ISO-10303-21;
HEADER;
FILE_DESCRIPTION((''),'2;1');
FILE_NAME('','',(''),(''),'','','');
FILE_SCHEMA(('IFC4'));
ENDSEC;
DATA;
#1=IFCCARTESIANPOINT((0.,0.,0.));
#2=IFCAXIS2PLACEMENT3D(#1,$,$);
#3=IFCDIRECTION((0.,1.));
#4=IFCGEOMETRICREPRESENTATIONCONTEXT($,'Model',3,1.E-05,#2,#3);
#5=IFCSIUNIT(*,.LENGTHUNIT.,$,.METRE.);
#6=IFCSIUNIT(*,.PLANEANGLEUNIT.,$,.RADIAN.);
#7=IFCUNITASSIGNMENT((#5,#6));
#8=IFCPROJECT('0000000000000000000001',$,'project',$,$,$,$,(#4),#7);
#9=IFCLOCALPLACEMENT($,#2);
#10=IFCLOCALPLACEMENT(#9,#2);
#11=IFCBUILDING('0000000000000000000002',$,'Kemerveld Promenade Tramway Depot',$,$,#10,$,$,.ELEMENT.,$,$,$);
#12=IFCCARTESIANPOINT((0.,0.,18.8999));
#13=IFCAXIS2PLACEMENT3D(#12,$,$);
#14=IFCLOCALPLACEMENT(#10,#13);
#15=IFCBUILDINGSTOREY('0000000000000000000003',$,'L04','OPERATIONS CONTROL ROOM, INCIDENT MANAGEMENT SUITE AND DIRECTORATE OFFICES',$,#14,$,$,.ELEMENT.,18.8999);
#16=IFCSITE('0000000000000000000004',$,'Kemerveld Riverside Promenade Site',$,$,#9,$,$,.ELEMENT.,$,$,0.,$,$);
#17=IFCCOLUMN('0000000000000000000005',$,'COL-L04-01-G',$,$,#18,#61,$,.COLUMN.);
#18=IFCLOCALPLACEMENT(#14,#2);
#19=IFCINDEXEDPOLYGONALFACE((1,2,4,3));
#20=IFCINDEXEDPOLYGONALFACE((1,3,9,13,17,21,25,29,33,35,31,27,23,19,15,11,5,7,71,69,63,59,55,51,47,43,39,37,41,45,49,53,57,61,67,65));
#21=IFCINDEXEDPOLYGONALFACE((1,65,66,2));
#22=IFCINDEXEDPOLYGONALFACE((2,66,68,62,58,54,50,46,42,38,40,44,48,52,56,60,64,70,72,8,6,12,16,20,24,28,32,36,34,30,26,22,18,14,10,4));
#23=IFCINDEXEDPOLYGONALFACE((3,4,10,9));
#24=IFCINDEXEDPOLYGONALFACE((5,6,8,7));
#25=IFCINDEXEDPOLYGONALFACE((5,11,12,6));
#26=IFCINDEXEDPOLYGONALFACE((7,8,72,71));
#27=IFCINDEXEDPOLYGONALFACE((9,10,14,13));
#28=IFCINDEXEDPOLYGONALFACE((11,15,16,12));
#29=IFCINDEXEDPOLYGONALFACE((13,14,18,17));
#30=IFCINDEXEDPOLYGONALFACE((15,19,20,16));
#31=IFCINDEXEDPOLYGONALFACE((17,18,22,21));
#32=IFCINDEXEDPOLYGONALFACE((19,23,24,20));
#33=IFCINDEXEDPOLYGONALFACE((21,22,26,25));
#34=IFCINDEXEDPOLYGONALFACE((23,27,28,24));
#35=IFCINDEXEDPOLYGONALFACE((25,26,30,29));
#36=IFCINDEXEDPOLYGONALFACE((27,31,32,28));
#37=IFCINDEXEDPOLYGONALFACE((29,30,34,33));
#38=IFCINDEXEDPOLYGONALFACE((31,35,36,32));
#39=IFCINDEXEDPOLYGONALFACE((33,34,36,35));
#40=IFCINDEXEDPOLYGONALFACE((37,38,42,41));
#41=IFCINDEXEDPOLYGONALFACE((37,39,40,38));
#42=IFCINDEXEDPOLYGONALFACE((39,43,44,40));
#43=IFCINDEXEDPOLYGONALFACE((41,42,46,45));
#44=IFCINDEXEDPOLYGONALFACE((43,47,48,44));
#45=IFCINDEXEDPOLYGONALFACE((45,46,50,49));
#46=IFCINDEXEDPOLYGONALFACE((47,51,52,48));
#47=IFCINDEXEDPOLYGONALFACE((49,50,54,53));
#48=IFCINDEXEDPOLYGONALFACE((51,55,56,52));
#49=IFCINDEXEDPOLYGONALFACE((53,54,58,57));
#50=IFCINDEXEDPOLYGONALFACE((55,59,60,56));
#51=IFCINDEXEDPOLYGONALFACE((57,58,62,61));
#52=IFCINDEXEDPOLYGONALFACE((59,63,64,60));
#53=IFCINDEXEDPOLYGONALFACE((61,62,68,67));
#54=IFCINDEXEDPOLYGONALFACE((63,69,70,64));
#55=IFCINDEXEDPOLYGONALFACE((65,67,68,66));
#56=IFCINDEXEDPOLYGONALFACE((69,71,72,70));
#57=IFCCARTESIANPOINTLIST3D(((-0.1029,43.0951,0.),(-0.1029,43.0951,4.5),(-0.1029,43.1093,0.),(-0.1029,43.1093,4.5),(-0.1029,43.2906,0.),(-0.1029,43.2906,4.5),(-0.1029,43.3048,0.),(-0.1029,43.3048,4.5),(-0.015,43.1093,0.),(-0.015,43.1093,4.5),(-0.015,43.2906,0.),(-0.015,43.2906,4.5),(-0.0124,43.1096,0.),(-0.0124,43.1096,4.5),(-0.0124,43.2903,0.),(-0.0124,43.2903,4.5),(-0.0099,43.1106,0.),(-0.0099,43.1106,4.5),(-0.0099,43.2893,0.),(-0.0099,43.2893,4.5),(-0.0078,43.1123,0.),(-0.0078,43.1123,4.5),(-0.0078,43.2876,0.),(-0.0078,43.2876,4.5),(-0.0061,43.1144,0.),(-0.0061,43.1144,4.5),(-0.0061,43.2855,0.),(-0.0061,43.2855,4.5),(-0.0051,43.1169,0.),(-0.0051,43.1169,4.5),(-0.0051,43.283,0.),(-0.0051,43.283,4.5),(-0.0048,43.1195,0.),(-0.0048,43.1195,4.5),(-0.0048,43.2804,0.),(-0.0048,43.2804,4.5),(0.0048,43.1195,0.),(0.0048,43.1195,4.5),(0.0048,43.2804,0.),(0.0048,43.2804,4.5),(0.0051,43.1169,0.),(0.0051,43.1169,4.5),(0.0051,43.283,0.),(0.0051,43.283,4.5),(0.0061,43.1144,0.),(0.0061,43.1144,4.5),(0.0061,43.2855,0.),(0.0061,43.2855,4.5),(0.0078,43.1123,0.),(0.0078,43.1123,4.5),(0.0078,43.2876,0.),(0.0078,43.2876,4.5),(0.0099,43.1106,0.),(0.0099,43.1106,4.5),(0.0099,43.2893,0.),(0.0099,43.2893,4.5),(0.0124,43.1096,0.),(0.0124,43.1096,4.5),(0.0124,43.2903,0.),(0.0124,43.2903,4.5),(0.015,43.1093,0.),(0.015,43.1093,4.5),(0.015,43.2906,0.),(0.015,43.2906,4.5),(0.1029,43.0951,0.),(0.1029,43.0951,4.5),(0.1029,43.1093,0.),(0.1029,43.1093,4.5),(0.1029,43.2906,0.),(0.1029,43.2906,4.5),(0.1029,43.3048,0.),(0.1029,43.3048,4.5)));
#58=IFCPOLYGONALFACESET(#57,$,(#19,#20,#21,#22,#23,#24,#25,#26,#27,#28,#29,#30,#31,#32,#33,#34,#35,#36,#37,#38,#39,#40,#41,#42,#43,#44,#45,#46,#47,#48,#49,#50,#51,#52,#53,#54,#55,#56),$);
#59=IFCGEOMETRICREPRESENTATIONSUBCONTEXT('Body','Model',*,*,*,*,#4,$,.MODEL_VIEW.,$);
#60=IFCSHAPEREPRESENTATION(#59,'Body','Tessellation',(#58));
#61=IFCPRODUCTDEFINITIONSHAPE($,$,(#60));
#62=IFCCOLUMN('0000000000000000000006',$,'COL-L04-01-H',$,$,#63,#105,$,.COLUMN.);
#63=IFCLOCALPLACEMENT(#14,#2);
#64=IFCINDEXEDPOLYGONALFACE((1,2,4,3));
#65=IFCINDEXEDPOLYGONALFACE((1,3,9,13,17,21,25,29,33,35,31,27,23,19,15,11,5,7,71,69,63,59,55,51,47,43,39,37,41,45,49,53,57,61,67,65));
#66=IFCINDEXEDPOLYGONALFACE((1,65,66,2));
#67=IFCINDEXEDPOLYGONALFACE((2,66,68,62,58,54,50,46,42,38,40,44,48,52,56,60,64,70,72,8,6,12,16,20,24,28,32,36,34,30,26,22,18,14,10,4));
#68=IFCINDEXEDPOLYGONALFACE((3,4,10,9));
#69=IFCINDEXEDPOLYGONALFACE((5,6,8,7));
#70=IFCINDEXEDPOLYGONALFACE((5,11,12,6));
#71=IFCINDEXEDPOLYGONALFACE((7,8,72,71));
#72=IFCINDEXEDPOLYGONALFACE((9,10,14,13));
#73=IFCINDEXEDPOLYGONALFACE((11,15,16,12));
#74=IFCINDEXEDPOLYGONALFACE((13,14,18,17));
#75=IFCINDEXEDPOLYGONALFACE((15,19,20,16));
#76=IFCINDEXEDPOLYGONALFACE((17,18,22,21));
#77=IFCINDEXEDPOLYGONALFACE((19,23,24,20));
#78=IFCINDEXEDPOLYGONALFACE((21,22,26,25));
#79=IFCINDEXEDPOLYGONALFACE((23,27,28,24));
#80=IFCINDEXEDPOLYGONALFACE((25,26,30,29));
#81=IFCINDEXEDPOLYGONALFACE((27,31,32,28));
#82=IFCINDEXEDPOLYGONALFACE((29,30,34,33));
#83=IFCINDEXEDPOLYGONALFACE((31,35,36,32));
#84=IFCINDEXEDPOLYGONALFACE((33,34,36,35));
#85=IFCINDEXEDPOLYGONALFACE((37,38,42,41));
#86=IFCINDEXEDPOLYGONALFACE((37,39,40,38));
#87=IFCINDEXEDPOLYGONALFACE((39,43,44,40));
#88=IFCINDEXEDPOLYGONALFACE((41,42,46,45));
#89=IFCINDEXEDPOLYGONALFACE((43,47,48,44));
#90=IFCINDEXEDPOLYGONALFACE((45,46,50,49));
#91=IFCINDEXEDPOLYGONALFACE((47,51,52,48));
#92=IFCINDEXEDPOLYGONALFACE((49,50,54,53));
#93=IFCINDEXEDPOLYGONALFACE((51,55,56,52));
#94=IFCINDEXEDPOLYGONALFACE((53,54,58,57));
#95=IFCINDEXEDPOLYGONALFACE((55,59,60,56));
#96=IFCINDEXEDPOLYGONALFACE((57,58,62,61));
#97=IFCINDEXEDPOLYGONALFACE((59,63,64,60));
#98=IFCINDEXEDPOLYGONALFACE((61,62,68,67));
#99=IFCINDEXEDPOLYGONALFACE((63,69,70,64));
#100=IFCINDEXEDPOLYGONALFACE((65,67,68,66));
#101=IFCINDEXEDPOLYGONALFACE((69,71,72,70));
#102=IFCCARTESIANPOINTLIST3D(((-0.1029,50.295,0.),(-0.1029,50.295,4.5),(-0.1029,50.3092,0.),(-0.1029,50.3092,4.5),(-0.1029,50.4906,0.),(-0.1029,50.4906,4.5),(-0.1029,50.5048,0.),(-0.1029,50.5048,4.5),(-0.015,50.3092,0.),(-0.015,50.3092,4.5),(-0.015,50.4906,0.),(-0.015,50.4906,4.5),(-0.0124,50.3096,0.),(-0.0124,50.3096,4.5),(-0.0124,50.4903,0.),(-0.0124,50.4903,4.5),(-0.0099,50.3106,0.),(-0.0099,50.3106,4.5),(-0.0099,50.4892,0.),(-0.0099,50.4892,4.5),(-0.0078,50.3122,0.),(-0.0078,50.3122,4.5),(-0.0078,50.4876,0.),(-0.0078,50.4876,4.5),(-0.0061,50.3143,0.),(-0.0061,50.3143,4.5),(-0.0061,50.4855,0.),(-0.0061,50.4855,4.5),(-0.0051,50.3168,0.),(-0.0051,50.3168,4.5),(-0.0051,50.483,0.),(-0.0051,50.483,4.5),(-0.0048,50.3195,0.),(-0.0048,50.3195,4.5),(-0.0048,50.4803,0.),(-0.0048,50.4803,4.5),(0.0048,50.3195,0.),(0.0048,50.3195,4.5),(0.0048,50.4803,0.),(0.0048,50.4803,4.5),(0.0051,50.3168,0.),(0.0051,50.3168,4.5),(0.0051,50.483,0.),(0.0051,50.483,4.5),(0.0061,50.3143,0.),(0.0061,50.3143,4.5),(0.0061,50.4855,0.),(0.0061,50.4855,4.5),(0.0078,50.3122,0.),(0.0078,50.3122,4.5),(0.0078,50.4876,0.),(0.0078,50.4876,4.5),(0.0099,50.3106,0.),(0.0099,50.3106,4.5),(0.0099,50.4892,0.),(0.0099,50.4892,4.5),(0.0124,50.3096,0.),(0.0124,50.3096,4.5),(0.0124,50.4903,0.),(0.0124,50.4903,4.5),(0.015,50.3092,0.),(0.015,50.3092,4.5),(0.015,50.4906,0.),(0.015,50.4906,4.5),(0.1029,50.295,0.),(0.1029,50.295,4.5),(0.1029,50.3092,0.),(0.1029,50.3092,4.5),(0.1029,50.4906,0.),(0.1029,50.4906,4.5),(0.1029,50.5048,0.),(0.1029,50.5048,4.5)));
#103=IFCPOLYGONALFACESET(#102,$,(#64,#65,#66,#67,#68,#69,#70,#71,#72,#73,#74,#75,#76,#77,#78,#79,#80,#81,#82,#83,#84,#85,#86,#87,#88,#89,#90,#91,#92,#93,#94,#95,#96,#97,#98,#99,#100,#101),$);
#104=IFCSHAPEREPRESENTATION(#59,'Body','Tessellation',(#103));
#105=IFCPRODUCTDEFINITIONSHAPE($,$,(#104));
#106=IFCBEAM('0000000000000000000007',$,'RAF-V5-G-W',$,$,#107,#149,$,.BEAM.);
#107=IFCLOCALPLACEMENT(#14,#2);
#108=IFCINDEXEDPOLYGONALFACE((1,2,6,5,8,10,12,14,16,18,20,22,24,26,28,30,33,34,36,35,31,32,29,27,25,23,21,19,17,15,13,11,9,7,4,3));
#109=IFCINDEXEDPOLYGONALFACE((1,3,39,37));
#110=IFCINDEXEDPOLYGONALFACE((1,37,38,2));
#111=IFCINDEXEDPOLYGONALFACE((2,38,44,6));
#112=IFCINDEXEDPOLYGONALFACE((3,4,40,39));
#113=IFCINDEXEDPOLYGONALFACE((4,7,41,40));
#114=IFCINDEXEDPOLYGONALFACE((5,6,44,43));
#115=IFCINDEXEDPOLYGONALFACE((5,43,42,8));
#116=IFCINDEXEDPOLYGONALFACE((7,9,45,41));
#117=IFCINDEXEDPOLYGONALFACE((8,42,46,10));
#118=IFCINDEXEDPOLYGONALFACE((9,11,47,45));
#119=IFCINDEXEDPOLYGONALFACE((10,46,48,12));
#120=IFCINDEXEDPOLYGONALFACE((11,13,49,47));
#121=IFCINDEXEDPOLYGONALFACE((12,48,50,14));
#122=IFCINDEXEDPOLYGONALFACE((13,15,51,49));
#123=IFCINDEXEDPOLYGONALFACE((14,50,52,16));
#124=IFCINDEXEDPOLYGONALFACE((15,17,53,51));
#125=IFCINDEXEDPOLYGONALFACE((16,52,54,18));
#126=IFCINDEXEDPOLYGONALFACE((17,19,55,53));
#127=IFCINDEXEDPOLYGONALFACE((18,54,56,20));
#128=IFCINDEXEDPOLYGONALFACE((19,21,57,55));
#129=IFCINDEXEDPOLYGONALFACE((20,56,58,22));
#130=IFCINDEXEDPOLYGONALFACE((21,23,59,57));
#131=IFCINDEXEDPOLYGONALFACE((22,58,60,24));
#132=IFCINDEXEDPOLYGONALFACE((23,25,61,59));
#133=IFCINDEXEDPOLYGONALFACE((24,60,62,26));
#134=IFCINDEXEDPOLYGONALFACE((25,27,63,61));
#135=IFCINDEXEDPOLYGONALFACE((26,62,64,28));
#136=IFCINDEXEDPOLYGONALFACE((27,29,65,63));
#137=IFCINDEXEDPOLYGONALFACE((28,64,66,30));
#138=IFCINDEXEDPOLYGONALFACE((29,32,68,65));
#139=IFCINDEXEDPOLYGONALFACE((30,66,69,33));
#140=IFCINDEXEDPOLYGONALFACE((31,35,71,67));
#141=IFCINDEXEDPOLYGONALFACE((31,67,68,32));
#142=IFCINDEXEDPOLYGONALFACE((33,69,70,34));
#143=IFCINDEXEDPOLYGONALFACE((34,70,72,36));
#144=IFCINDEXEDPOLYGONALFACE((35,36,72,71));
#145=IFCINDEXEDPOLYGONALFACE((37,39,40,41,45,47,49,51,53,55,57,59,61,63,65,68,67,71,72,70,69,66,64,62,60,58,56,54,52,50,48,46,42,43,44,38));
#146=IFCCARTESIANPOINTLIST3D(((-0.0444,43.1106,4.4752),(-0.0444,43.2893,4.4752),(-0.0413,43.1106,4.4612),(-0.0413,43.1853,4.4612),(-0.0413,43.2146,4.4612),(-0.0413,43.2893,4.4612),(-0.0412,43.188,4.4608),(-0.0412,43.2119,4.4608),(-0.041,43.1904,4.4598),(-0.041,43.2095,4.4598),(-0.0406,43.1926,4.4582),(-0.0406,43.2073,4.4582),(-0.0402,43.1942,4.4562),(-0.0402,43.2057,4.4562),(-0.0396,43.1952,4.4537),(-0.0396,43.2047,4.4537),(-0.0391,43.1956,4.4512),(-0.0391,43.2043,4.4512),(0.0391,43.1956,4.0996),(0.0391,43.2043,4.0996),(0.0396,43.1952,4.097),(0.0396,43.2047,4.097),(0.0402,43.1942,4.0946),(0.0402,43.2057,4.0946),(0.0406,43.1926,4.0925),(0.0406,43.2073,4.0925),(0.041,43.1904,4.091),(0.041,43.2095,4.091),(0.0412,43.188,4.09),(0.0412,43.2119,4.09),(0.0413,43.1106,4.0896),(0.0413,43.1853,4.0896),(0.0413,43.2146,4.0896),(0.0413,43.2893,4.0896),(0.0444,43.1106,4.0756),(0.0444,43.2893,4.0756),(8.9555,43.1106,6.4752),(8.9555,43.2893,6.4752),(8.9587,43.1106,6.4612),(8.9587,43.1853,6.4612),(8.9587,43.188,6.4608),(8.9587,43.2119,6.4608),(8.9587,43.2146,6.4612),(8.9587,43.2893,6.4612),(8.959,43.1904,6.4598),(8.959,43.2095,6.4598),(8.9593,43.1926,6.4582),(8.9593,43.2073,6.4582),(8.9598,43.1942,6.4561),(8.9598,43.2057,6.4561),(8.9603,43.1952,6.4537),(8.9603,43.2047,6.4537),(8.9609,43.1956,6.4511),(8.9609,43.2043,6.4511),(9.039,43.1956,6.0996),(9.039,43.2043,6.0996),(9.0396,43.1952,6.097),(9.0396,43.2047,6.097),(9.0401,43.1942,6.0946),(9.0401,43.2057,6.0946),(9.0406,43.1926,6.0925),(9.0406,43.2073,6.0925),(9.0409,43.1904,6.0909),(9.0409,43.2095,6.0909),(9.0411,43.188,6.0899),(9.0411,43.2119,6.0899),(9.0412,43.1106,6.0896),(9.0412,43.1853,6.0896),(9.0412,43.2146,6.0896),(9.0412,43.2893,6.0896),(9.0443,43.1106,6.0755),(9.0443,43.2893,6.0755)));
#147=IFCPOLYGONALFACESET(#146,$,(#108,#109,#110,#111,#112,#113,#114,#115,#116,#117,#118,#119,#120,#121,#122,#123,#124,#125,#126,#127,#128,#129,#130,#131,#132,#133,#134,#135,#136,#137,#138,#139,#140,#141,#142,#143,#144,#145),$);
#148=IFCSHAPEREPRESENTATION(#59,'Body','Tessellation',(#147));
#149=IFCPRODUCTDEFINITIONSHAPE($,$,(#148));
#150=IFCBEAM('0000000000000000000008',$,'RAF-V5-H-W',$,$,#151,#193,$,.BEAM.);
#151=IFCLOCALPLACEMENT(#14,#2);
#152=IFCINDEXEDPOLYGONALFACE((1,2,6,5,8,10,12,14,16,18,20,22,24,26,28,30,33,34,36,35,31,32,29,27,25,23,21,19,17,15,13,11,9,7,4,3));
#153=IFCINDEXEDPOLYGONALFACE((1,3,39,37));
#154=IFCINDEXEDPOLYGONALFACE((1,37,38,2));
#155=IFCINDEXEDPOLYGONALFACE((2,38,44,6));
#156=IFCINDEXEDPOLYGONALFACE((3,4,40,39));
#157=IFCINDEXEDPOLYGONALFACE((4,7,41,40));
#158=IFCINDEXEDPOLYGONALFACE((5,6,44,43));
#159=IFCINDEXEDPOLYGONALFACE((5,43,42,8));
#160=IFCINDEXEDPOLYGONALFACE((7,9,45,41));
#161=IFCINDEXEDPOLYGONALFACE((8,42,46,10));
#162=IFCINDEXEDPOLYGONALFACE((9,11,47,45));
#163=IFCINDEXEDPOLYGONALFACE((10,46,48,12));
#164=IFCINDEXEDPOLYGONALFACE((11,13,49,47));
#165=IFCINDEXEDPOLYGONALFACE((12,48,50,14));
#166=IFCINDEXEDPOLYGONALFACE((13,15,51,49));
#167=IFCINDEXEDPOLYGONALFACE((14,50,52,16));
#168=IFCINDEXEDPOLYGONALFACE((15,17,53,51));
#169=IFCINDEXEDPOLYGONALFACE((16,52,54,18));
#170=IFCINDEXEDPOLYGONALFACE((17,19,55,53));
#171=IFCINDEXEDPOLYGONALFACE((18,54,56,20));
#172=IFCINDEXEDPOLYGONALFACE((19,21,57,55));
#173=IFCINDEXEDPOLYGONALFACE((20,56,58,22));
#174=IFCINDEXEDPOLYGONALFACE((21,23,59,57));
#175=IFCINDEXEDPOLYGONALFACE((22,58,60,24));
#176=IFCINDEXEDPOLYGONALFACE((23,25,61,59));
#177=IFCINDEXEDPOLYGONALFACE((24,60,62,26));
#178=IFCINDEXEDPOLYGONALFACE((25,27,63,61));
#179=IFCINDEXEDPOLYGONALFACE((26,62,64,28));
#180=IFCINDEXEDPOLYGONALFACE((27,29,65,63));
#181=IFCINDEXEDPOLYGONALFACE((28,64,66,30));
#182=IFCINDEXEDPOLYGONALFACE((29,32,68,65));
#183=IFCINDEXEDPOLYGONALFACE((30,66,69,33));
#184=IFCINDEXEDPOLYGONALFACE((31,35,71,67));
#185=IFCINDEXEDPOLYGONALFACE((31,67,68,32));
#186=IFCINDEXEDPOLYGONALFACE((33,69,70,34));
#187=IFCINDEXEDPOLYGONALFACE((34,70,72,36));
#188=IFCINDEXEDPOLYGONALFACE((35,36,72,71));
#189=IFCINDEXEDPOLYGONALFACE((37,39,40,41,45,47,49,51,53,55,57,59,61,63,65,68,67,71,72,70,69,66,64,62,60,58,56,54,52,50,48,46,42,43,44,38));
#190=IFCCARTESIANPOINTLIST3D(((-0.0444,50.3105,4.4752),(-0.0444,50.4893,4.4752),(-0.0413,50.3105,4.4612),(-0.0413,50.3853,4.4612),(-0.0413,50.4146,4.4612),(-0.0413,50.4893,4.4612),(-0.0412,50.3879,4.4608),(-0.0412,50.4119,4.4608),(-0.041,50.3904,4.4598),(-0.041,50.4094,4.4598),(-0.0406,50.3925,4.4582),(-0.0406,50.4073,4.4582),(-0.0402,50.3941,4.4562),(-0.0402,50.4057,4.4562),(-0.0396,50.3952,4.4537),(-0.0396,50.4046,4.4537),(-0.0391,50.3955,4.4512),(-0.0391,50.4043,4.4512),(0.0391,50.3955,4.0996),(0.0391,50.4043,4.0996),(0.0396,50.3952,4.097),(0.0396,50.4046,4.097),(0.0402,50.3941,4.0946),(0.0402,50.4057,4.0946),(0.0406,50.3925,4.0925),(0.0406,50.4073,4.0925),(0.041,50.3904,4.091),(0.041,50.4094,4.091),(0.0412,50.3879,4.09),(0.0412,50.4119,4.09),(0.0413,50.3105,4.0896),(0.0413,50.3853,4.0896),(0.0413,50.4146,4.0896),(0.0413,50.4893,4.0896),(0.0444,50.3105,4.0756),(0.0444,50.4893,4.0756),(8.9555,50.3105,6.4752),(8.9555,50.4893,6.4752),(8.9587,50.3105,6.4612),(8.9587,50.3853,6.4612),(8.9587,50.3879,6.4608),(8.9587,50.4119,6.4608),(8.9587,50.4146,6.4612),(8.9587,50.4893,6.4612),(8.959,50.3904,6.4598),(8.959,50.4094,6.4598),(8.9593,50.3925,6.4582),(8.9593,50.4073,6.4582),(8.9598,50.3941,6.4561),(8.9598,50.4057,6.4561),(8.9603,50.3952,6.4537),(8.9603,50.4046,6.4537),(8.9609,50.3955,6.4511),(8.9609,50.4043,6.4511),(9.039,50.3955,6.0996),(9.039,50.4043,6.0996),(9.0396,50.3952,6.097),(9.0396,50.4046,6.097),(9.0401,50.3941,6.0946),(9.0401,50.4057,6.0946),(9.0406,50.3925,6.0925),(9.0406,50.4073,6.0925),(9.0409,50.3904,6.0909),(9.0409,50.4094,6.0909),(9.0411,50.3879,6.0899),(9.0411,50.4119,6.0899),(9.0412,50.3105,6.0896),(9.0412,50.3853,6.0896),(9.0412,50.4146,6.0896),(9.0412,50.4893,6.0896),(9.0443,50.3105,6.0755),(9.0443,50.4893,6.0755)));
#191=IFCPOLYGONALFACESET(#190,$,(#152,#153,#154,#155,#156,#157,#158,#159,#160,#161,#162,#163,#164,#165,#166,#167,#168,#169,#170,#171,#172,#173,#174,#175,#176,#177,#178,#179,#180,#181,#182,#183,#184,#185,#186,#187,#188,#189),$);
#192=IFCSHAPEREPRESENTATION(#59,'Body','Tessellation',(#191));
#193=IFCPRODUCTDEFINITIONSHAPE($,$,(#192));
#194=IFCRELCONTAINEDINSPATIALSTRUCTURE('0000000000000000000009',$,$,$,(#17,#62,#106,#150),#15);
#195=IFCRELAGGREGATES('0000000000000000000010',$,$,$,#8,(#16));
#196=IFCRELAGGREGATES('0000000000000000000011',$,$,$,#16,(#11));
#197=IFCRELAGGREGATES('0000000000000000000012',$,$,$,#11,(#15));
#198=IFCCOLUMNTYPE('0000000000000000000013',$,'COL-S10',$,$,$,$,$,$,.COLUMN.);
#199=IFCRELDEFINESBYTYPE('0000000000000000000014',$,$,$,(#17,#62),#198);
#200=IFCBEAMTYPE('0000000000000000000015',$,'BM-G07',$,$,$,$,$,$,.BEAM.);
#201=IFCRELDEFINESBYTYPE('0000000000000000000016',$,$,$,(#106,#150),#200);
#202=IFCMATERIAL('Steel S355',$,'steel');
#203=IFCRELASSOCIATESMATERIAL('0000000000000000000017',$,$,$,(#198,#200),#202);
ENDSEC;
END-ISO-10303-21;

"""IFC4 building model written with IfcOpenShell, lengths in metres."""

from ifc_helpers import new_model, si_unit, direction, frame, origin, origin_2d, place, context, subcontext, project, spatial, i_section, extrude, material, material_profile, profile_set, type_object, element, save


model = new_model("IFC4")

# Units and contexts
model_context = context("Model", 3, precision=1e-05, world=origin(), true_north=direction((0.0, 1.0)))
body_context = subcontext(model_context, "Body", "Model", "MODEL_VIEW")
ifc_project = project(units=[si_unit("LENGTHUNIT", "METRE"), si_unit("PLANEANGLEUNIT", "RADIAN")], contexts=[model_context])

# Site, building, storey
site_placement = place(None, origin())
site = spatial("IfcSite", under=ifc_project, at=site_placement, Name="Kemerveld Riverside Promenade Site", CompositionType="ELEMENT", RefElevation=0.0)
building_placement = place(site_placement, origin())
building = spatial("IfcBuilding", under=site, at=building_placement, Name="Kemerveld Promenade Tramway Depot", CompositionType="ELEMENT")
storey_placement = place(building_placement, frame((0.0, 0.0, 18.8999)))
storey = spatial("IfcBuildingStorey", under=building, at=storey_placement, Name="L04", Description="OPERATIONS CONTROL ROOM, INCIDENT MANAGEMENT SUITE AND DIRECTORATE OFFICES", CompositionType="ELEMENT", Elevation=18.8999)

# Columns
ifc_material_1 = material(Name="Steel S355", Category="steel")
ifc_material_profile_1 = material_profile(ifc_material_1, i_section(OverallWidth=0.2058, OverallDepth=0.2097, WebThickness=0.0095, FlangeThickness=0.0142, FilletRadius=0.0103, at=origin_2d()), Name="203x203x60 UC")
ifc_profile_set_1 = profile_set([ifc_material_profile_1], Name="Steel S355")
column_type = type_object("IfcColumnType", Name="COL-S10", PredefinedType="COLUMN", material=ifc_profile_set_1)
for number, where, z_axis, x_axis, name in (
    (1, (0.0, 43.2, 0.0), (0.0, 0.0, 1.0), (1.0, 0.0, 0.0), "COL-L04-01-G"),
    (2, (0.0, 50.3999, 0.0), (0.0, 0.0, 1.0), (1.0, 0.0, 0.0), "COL-L04-01-H"),
):
    element("IfcColumn", number, at=place(storey_placement, frame(where, z_axis=z_axis, x_axis=x_axis)), inside=storey, type_object=column_type, Name=name, PredefinedType="COLUMN", context=body_context, shape_type="SweptSolid", body=[
        extrude(i_section(OverallWidth=0.2058, OverallDepth=0.2097, WebThickness=0.0095, FlangeThickness=0.0142, FilletRadius=0.0103, at=origin_2d()), origin(), (0.0, 0.0, 1.0), 4.5),
    ])

# Beams
ifc_material_profile_2 = material_profile(ifc_material_1, i_section(OverallWidth=0.1787, OverallDepth=0.4094, WebThickness=0.0088, FlangeThickness=0.0144, FilletRadius=0.0103, at=origin_2d()), Name="406x178x67 UB")
ifc_profile_set_2 = profile_set([ifc_material_profile_2], Name="Steel S355")
beam_type_1 = type_object("IfcBeamType", Name="BM-G07", PredefinedType="BEAM", material=ifc_profile_set_2)
for number, where, z_axis, x_axis, name in (
    (3, (0.0, 43.2, 4.2754), (0.976187, 0.0, 0.21693), (0.0, 1.0, 0.0), "RAF-V5-G-W"),
    (4, (0.0, 50.3999, 4.2754), (0.976187, 0.0, 0.21693), (0.0, 1.0, 0.0), "RAF-V5-H-W"),
):
    element("IfcBeam", number, at=place(storey_placement, frame(where, z_axis=z_axis, x_axis=x_axis)), inside=storey, type_object=beam_type_1, Name=name, PredefinedType="BEAM", context=body_context, shape_type="SweptSolid", body=[
        extrude(i_section(OverallWidth=0.1787, OverallDepth=0.4094, WebThickness=0.0088, FlangeThickness=0.0144, FilletRadius=0.0103, at=origin_2d()), origin(), (0.0, 0.0, 1.0), 9.2195),
    ])

save(model, "model.ifc")
